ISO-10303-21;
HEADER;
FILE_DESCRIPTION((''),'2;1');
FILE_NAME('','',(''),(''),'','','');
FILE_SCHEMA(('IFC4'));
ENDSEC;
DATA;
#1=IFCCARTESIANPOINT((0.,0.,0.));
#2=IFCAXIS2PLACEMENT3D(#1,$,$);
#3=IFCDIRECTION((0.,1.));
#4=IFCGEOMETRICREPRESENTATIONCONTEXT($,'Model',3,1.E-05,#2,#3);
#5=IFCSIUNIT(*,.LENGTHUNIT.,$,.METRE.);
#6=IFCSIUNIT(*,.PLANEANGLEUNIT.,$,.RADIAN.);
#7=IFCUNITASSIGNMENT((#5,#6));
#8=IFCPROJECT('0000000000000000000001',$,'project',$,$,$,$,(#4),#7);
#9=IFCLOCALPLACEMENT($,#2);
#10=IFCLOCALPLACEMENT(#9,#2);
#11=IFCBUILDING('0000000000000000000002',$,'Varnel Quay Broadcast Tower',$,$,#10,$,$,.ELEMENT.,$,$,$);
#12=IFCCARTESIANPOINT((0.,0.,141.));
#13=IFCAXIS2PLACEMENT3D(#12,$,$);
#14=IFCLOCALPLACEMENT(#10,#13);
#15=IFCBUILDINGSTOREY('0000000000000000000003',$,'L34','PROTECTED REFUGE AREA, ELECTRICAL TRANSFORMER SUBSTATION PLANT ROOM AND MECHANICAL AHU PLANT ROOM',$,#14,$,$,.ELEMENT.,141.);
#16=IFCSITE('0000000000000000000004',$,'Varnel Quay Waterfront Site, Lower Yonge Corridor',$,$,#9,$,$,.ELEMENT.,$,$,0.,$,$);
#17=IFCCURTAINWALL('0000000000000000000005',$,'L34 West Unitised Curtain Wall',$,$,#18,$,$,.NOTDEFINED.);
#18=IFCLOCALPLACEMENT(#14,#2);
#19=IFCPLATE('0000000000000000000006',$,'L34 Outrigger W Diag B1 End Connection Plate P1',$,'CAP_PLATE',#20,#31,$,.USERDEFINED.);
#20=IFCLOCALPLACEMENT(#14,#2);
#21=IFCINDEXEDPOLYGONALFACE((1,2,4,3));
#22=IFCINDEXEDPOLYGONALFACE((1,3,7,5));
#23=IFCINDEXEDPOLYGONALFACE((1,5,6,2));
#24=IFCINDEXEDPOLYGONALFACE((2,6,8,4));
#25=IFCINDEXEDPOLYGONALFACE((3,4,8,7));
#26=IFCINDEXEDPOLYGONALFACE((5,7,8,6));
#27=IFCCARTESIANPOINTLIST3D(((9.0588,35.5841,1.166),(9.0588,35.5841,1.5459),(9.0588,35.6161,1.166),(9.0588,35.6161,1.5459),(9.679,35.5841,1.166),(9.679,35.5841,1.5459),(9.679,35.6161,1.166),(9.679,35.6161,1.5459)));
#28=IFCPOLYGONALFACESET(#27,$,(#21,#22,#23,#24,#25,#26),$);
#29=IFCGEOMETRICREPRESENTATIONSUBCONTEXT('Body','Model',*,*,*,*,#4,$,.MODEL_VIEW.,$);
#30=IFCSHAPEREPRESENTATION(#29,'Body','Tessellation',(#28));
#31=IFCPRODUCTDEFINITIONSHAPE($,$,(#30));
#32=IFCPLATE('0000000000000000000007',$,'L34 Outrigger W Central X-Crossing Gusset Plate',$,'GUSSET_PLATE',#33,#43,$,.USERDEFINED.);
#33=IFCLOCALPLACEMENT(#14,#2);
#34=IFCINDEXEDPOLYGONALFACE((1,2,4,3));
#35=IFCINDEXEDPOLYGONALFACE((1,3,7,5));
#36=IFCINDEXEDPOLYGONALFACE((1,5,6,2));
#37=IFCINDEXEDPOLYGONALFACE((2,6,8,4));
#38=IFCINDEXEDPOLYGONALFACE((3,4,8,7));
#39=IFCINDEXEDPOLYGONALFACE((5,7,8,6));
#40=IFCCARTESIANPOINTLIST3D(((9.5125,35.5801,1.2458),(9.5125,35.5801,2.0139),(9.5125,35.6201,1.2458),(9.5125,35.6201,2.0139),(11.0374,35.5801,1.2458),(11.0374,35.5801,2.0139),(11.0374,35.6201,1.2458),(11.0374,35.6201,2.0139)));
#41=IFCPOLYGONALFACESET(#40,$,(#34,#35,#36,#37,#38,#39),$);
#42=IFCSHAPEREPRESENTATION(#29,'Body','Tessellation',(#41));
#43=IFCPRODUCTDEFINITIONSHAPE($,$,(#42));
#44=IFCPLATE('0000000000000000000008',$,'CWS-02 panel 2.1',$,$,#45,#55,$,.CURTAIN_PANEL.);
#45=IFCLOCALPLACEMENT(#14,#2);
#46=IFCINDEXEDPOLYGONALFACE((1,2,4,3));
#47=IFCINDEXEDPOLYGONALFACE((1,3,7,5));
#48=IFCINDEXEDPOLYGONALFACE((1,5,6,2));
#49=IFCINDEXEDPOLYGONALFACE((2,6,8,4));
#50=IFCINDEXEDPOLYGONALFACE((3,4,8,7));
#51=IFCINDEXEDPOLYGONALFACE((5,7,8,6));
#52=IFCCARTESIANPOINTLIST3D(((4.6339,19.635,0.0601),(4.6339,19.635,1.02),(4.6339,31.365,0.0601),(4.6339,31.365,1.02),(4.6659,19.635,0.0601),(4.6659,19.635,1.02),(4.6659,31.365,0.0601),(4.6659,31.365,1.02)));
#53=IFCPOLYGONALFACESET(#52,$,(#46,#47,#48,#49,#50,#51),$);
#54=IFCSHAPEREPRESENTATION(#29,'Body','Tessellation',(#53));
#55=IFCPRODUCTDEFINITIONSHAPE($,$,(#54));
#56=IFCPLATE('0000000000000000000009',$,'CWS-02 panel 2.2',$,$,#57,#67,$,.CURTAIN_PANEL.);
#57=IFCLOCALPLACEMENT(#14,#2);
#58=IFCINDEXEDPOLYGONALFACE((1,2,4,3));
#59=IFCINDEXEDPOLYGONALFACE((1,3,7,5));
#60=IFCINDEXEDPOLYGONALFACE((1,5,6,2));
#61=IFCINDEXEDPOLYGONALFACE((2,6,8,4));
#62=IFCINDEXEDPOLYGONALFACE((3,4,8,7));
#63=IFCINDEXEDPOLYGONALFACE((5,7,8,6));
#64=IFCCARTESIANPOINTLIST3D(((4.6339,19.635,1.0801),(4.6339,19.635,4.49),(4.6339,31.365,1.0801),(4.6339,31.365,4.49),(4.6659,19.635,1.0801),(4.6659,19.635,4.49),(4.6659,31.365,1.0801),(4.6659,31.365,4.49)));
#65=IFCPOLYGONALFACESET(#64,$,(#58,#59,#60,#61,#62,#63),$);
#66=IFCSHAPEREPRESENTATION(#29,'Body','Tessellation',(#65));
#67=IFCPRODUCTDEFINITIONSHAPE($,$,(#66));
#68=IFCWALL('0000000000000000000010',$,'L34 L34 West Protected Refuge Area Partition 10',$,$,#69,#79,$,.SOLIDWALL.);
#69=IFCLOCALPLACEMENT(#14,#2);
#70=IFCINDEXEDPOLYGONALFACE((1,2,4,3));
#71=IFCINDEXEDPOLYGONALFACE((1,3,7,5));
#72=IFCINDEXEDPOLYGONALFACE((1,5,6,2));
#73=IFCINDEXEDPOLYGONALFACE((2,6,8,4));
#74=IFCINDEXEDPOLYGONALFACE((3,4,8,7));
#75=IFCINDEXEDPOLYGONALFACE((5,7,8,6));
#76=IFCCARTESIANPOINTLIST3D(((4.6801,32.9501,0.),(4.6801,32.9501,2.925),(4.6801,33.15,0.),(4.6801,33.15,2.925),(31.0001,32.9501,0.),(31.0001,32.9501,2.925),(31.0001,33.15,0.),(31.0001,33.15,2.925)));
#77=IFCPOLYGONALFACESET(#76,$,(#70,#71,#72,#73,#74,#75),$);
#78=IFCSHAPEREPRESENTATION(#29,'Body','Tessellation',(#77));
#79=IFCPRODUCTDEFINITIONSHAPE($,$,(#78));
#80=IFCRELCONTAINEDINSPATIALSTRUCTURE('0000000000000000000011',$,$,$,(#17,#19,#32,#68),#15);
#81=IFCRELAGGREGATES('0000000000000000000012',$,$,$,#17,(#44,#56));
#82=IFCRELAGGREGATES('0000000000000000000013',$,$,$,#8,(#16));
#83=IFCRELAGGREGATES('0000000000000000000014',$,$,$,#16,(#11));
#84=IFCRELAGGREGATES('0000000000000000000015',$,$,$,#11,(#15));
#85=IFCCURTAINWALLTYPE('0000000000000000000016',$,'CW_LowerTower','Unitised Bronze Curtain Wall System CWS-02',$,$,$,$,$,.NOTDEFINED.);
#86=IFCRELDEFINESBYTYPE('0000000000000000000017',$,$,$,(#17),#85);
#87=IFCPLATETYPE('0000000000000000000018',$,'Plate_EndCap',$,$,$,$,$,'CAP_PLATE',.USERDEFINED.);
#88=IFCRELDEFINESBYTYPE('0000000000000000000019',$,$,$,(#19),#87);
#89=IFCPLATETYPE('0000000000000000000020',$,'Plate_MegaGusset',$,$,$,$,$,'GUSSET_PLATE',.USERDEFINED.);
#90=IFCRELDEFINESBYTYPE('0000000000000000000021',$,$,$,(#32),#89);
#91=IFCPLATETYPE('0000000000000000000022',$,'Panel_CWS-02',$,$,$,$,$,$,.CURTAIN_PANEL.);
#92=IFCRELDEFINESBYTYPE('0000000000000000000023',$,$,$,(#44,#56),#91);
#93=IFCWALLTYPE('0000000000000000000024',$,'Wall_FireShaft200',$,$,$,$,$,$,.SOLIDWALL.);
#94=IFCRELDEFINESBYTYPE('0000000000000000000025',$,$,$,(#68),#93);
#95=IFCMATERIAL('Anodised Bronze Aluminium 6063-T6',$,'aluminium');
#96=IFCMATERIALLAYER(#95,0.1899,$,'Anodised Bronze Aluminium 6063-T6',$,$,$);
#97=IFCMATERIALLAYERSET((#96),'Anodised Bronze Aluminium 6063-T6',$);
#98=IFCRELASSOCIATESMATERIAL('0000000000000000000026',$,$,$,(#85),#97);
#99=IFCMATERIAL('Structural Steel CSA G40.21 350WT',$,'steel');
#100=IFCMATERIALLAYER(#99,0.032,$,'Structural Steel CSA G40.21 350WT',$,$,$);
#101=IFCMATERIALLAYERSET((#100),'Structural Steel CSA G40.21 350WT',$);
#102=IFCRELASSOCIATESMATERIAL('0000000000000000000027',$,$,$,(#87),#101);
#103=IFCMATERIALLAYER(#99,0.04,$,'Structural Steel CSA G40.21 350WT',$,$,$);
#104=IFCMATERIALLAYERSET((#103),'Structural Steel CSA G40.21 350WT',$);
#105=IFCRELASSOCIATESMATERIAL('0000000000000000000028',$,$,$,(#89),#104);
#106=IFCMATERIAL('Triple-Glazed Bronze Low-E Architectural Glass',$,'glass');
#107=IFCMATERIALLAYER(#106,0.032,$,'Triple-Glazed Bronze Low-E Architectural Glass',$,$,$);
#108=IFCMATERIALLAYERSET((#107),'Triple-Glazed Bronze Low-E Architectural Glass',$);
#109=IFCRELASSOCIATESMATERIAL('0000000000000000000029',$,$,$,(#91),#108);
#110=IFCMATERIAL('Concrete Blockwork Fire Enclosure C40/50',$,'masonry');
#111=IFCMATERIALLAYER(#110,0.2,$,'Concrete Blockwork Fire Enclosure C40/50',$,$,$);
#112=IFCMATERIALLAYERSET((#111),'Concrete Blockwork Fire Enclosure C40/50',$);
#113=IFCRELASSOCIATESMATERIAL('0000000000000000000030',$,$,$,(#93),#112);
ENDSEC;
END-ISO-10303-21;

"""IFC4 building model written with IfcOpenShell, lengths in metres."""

from ifc_helpers import new_model, si_unit, direction, frame, frame_2d, origin, origin_2d, place, context, subcontext, project, spatial, rectangle, extrude, source, transform, mapped, material, layer, layer_set, type_object, type_shapes, element, aggregate, save


model = new_model("IFC4")

# Units and contexts
model_context = context("Model", 3, precision=1e-05, world=origin(), true_north=direction((0.0, 1.0)))
body_context = subcontext(model_context, "Body", "Model", "MODEL_VIEW")
ifc_project = project(units=[si_unit("LENGTHUNIT", "METRE"), si_unit("PLANEANGLEUNIT", "RADIAN")], contexts=[model_context])

# Site, building, storey
site_placement = place(None, origin())
site = spatial("IfcSite", under=ifc_project, at=site_placement, Name="Varnel Quay Waterfront Site, Lower Yonge Corridor", CompositionType="ELEMENT", RefElevation=0.0)
building_placement = place(site_placement, origin())
building = spatial("IfcBuilding", under=site, at=building_placement, Name="Varnel Quay Broadcast Tower", CompositionType="ELEMENT")
storey_placement = place(building_placement, frame((0.0, 0.0, 141.0)))
storey = spatial("IfcBuildingStorey", under=building, at=storey_placement, Name="L34", Description="PROTECTED REFUGE AREA, ELECTRICAL TRANSFORMER SUBSTATION PLANT ROOM AND MECHANICAL AHU PLANT ROOM", CompositionType="ELEMENT", Elevation=141.0)

# Shared definitions
ifc_material_1 = material(Name="Structural Steel CSA G40.21 350WT", Category="steel")

# Curtain wall
ifc_material_2 = material(Name="Anodised Bronze Aluminium 6063-T6", Category="aluminium")
ifc_layer_1 = layer(ifc_material_2, 0.1899, Name="Anodised Bronze Aluminium 6063-T6")
ifc_layer_set_1 = layer_set([ifc_layer_1], Name="Anodised Bronze Aluminium 6063-T6")
curtain_wall_type = type_object("IfcCurtainWallType", Name="CW_LowerTower", Description="Unitised Bronze Curtain Wall System CWS-02", PredefinedType="NOTDEFINED", material=ifc_layer_set_1)
curtain_wall_placement = place(storey_placement, origin())
curtain_wall = element("IfcCurtainWall", 1, at=curtain_wall_placement, inside=storey, type_object=curtain_wall_type, Name="L34 West Unitised Curtain Wall", PredefinedType="NOTDEFINED")

# Plates
ifc_layer_2 = layer(ifc_material_1, 0.032, Name="Structural Steel CSA G40.21 350WT")
ifc_layer_set_2 = layer_set([ifc_layer_2], Name="Structural Steel CSA G40.21 350WT")
plate_type_1 = type_object("IfcPlateType", Name="Plate_EndCap", ElementType="CAP_PLATE", PredefinedType="USERDEFINED", material=ifc_layer_set_2)
shared_shape_1 = source(origin(), body_context, "Body", "SweptSolid", [
    extrude(rectangle(XDim=0.6201, YDim=0.032, at=origin_2d()), origin(), (0.0, 0.0, 1.0), 0.3799),
])
type_shapes(plate_type_1, [shared_shape_1])
for number, where, z_axis, x_axis, name in (
    (2, (9.3689, 35.6001, 1.166), (0.0, 0.0, 1.0), (1.0, 0.0, 0.0), "L34 Outrigger W Diag B1 End Connection Plate P1"),
):
    element("IfcPlate", number, at=place(storey_placement, frame(where, z_axis=z_axis, x_axis=x_axis)), inside=storey, type_object=plate_type_1, Name=name, ObjectType="CAP_PLATE", PredefinedType="USERDEFINED", context=body_context, shape_type="MappedRepresentation", body=[
        mapped(shared_shape_1, transform((0.0, 0.0, 0.0), x_axis=(1.0, 0.0, 0.0), y_axis=(0.0, 1.0, 0.0), z_axis=(0.0, 0.0, 1.0), scale=1.0)),
    ])
ifc_layer_3 = layer(ifc_material_1, 0.04, Name="Structural Steel CSA G40.21 350WT")
ifc_layer_set_3 = layer_set([ifc_layer_3], Name="Structural Steel CSA G40.21 350WT")
plate_type_2 = type_object("IfcPlateType", Name="Plate_MegaGusset", ElementType="GUSSET_PLATE", PredefinedType="USERDEFINED", material=ifc_layer_set_3)
shared_shape_2 = source(origin(), body_context, "Body", "SweptSolid", [
    extrude(rectangle(XDim=1.5249, YDim=0.04, at=origin_2d()), origin(), (0.0, 0.0, 1.0), 0.7681),
])
type_shapes(plate_type_2, [shared_shape_2])
plate_1_placement = place(storey_placement, frame((10.2749, 35.6001, 1.2458), z_axis=(0.0, 0.0, 1.0), x_axis=(1.0, 0.0, 0.0)))
element("IfcPlate", 3, at=plate_1_placement, inside=storey, type_object=plate_type_2, Name="L34 Outrigger W Central X-Crossing Gusset Plate", ObjectType="GUSSET_PLATE", PredefinedType="USERDEFINED", context=body_context, shape_type="MappedRepresentation", body=[
    mapped(shared_shape_2, transform((0.0, 0.0, 0.0), x_axis=(1.0, 0.0, 0.0), y_axis=(0.0, 1.0, 0.0), z_axis=(0.0, 0.0, 1.0), scale=1.0)),
])

# Plates
ifc_material_3 = material(Name="Triple-Glazed Bronze Low-E Architectural Glass", Category="glass")
ifc_layer_4 = layer(ifc_material_3, 0.032, Name="Triple-Glazed Bronze Low-E Architectural Glass")
ifc_layer_set_4 = layer_set([ifc_layer_4], Name="Triple-Glazed Bronze Low-E Architectural Glass")
plate_type_3 = type_object("IfcPlateType", Name="Panel_CWS-02", PredefinedType="CURTAIN_PANEL", material=ifc_layer_set_4)
shared_shape_3 = source(origin(), body_context, "Body", "SweptSolid", [
    extrude(rectangle(XDim=11.73, YDim=0.032, at=origin_2d()), origin(), (0.0, 0.0, 1.0), 0.96),
])
plate_2_placement = place(storey_placement, frame((4.6499, 25.5, 0.0601), z_axis=(0.0, 0.0, 1.0), x_axis=(0.0, 1.0, 0.0)))
plate_2 = element("IfcPlate", 4, at=plate_2_placement, type_object=plate_type_3, Name="CWS-02 panel 2.1", PredefinedType="CURTAIN_PANEL", context=body_context, shape_type="MappedRepresentation", body=[
    mapped(shared_shape_3, transform((0.0, 0.0, 0.0), x_axis=(1.0, 0.0, 0.0), y_axis=(0.0, 1.0, 0.0), z_axis=(0.0, 0.0, 1.0), scale=1.0)),
])
shared_shape_4 = source(origin(), body_context, "Body", "SweptSolid", [
    extrude(rectangle(XDim=11.73, YDim=0.032, at=origin_2d()), origin(), (0.0, 0.0, 1.0), 3.4099),
])
type_shapes(plate_type_3, [shared_shape_3, shared_shape_4])
plate_3_placement = place(storey_placement, frame((4.6499, 25.5, 1.0801), z_axis=(0.0, 0.0, 1.0), x_axis=(0.0, 1.0, 0.0)))
plate_3 = element("IfcPlate", 5, at=plate_3_placement, type_object=plate_type_3, Name="CWS-02 panel 2.2", PredefinedType="CURTAIN_PANEL", context=body_context, shape_type="MappedRepresentation", body=[
    mapped(shared_shape_4, transform((0.0, 0.0, 0.0), x_axis=(1.0, 0.0, 0.0), y_axis=(0.0, 1.0, 0.0), z_axis=(0.0, 0.0, 1.0), scale=1.0)),
])
aggregate(curtain_wall, [plate_2, plate_3])

# Wall
ifc_material_4 = material(Name="Concrete Blockwork Fire Enclosure C40/50", Category="masonry")
ifc_layer_5 = layer(ifc_material_4, 0.2, Name="Concrete Blockwork Fire Enclosure C40/50")
ifc_layer_set_5 = layer_set([ifc_layer_5], Name="Concrete Blockwork Fire Enclosure C40/50")
wall_type = type_object("IfcWallType", Name="Wall_FireShaft200", PredefinedType="SOLIDWALL", material=ifc_layer_set_5)
wall_placement = place(storey_placement, frame((4.6799, 33.05, 0.0), z_axis=(0.0, 0.0, 1.0), x_axis=(1.0, 0.0, 0.0)))
element("IfcWall", 6, at=wall_placement, inside=storey, type_object=wall_type, Name="L34 L34 West Protected Refuge Area Partition 10", PredefinedType="SOLIDWALL", context=body_context, shape_type="SweptSolid", body=[
    extrude(rectangle(XDim=26.3201, YDim=0.2, at=frame_2d((13.1602, 0.0))), origin(), (0.0, 0.0, 1.0), 2.925),
])

save(model, "model.ifc")
